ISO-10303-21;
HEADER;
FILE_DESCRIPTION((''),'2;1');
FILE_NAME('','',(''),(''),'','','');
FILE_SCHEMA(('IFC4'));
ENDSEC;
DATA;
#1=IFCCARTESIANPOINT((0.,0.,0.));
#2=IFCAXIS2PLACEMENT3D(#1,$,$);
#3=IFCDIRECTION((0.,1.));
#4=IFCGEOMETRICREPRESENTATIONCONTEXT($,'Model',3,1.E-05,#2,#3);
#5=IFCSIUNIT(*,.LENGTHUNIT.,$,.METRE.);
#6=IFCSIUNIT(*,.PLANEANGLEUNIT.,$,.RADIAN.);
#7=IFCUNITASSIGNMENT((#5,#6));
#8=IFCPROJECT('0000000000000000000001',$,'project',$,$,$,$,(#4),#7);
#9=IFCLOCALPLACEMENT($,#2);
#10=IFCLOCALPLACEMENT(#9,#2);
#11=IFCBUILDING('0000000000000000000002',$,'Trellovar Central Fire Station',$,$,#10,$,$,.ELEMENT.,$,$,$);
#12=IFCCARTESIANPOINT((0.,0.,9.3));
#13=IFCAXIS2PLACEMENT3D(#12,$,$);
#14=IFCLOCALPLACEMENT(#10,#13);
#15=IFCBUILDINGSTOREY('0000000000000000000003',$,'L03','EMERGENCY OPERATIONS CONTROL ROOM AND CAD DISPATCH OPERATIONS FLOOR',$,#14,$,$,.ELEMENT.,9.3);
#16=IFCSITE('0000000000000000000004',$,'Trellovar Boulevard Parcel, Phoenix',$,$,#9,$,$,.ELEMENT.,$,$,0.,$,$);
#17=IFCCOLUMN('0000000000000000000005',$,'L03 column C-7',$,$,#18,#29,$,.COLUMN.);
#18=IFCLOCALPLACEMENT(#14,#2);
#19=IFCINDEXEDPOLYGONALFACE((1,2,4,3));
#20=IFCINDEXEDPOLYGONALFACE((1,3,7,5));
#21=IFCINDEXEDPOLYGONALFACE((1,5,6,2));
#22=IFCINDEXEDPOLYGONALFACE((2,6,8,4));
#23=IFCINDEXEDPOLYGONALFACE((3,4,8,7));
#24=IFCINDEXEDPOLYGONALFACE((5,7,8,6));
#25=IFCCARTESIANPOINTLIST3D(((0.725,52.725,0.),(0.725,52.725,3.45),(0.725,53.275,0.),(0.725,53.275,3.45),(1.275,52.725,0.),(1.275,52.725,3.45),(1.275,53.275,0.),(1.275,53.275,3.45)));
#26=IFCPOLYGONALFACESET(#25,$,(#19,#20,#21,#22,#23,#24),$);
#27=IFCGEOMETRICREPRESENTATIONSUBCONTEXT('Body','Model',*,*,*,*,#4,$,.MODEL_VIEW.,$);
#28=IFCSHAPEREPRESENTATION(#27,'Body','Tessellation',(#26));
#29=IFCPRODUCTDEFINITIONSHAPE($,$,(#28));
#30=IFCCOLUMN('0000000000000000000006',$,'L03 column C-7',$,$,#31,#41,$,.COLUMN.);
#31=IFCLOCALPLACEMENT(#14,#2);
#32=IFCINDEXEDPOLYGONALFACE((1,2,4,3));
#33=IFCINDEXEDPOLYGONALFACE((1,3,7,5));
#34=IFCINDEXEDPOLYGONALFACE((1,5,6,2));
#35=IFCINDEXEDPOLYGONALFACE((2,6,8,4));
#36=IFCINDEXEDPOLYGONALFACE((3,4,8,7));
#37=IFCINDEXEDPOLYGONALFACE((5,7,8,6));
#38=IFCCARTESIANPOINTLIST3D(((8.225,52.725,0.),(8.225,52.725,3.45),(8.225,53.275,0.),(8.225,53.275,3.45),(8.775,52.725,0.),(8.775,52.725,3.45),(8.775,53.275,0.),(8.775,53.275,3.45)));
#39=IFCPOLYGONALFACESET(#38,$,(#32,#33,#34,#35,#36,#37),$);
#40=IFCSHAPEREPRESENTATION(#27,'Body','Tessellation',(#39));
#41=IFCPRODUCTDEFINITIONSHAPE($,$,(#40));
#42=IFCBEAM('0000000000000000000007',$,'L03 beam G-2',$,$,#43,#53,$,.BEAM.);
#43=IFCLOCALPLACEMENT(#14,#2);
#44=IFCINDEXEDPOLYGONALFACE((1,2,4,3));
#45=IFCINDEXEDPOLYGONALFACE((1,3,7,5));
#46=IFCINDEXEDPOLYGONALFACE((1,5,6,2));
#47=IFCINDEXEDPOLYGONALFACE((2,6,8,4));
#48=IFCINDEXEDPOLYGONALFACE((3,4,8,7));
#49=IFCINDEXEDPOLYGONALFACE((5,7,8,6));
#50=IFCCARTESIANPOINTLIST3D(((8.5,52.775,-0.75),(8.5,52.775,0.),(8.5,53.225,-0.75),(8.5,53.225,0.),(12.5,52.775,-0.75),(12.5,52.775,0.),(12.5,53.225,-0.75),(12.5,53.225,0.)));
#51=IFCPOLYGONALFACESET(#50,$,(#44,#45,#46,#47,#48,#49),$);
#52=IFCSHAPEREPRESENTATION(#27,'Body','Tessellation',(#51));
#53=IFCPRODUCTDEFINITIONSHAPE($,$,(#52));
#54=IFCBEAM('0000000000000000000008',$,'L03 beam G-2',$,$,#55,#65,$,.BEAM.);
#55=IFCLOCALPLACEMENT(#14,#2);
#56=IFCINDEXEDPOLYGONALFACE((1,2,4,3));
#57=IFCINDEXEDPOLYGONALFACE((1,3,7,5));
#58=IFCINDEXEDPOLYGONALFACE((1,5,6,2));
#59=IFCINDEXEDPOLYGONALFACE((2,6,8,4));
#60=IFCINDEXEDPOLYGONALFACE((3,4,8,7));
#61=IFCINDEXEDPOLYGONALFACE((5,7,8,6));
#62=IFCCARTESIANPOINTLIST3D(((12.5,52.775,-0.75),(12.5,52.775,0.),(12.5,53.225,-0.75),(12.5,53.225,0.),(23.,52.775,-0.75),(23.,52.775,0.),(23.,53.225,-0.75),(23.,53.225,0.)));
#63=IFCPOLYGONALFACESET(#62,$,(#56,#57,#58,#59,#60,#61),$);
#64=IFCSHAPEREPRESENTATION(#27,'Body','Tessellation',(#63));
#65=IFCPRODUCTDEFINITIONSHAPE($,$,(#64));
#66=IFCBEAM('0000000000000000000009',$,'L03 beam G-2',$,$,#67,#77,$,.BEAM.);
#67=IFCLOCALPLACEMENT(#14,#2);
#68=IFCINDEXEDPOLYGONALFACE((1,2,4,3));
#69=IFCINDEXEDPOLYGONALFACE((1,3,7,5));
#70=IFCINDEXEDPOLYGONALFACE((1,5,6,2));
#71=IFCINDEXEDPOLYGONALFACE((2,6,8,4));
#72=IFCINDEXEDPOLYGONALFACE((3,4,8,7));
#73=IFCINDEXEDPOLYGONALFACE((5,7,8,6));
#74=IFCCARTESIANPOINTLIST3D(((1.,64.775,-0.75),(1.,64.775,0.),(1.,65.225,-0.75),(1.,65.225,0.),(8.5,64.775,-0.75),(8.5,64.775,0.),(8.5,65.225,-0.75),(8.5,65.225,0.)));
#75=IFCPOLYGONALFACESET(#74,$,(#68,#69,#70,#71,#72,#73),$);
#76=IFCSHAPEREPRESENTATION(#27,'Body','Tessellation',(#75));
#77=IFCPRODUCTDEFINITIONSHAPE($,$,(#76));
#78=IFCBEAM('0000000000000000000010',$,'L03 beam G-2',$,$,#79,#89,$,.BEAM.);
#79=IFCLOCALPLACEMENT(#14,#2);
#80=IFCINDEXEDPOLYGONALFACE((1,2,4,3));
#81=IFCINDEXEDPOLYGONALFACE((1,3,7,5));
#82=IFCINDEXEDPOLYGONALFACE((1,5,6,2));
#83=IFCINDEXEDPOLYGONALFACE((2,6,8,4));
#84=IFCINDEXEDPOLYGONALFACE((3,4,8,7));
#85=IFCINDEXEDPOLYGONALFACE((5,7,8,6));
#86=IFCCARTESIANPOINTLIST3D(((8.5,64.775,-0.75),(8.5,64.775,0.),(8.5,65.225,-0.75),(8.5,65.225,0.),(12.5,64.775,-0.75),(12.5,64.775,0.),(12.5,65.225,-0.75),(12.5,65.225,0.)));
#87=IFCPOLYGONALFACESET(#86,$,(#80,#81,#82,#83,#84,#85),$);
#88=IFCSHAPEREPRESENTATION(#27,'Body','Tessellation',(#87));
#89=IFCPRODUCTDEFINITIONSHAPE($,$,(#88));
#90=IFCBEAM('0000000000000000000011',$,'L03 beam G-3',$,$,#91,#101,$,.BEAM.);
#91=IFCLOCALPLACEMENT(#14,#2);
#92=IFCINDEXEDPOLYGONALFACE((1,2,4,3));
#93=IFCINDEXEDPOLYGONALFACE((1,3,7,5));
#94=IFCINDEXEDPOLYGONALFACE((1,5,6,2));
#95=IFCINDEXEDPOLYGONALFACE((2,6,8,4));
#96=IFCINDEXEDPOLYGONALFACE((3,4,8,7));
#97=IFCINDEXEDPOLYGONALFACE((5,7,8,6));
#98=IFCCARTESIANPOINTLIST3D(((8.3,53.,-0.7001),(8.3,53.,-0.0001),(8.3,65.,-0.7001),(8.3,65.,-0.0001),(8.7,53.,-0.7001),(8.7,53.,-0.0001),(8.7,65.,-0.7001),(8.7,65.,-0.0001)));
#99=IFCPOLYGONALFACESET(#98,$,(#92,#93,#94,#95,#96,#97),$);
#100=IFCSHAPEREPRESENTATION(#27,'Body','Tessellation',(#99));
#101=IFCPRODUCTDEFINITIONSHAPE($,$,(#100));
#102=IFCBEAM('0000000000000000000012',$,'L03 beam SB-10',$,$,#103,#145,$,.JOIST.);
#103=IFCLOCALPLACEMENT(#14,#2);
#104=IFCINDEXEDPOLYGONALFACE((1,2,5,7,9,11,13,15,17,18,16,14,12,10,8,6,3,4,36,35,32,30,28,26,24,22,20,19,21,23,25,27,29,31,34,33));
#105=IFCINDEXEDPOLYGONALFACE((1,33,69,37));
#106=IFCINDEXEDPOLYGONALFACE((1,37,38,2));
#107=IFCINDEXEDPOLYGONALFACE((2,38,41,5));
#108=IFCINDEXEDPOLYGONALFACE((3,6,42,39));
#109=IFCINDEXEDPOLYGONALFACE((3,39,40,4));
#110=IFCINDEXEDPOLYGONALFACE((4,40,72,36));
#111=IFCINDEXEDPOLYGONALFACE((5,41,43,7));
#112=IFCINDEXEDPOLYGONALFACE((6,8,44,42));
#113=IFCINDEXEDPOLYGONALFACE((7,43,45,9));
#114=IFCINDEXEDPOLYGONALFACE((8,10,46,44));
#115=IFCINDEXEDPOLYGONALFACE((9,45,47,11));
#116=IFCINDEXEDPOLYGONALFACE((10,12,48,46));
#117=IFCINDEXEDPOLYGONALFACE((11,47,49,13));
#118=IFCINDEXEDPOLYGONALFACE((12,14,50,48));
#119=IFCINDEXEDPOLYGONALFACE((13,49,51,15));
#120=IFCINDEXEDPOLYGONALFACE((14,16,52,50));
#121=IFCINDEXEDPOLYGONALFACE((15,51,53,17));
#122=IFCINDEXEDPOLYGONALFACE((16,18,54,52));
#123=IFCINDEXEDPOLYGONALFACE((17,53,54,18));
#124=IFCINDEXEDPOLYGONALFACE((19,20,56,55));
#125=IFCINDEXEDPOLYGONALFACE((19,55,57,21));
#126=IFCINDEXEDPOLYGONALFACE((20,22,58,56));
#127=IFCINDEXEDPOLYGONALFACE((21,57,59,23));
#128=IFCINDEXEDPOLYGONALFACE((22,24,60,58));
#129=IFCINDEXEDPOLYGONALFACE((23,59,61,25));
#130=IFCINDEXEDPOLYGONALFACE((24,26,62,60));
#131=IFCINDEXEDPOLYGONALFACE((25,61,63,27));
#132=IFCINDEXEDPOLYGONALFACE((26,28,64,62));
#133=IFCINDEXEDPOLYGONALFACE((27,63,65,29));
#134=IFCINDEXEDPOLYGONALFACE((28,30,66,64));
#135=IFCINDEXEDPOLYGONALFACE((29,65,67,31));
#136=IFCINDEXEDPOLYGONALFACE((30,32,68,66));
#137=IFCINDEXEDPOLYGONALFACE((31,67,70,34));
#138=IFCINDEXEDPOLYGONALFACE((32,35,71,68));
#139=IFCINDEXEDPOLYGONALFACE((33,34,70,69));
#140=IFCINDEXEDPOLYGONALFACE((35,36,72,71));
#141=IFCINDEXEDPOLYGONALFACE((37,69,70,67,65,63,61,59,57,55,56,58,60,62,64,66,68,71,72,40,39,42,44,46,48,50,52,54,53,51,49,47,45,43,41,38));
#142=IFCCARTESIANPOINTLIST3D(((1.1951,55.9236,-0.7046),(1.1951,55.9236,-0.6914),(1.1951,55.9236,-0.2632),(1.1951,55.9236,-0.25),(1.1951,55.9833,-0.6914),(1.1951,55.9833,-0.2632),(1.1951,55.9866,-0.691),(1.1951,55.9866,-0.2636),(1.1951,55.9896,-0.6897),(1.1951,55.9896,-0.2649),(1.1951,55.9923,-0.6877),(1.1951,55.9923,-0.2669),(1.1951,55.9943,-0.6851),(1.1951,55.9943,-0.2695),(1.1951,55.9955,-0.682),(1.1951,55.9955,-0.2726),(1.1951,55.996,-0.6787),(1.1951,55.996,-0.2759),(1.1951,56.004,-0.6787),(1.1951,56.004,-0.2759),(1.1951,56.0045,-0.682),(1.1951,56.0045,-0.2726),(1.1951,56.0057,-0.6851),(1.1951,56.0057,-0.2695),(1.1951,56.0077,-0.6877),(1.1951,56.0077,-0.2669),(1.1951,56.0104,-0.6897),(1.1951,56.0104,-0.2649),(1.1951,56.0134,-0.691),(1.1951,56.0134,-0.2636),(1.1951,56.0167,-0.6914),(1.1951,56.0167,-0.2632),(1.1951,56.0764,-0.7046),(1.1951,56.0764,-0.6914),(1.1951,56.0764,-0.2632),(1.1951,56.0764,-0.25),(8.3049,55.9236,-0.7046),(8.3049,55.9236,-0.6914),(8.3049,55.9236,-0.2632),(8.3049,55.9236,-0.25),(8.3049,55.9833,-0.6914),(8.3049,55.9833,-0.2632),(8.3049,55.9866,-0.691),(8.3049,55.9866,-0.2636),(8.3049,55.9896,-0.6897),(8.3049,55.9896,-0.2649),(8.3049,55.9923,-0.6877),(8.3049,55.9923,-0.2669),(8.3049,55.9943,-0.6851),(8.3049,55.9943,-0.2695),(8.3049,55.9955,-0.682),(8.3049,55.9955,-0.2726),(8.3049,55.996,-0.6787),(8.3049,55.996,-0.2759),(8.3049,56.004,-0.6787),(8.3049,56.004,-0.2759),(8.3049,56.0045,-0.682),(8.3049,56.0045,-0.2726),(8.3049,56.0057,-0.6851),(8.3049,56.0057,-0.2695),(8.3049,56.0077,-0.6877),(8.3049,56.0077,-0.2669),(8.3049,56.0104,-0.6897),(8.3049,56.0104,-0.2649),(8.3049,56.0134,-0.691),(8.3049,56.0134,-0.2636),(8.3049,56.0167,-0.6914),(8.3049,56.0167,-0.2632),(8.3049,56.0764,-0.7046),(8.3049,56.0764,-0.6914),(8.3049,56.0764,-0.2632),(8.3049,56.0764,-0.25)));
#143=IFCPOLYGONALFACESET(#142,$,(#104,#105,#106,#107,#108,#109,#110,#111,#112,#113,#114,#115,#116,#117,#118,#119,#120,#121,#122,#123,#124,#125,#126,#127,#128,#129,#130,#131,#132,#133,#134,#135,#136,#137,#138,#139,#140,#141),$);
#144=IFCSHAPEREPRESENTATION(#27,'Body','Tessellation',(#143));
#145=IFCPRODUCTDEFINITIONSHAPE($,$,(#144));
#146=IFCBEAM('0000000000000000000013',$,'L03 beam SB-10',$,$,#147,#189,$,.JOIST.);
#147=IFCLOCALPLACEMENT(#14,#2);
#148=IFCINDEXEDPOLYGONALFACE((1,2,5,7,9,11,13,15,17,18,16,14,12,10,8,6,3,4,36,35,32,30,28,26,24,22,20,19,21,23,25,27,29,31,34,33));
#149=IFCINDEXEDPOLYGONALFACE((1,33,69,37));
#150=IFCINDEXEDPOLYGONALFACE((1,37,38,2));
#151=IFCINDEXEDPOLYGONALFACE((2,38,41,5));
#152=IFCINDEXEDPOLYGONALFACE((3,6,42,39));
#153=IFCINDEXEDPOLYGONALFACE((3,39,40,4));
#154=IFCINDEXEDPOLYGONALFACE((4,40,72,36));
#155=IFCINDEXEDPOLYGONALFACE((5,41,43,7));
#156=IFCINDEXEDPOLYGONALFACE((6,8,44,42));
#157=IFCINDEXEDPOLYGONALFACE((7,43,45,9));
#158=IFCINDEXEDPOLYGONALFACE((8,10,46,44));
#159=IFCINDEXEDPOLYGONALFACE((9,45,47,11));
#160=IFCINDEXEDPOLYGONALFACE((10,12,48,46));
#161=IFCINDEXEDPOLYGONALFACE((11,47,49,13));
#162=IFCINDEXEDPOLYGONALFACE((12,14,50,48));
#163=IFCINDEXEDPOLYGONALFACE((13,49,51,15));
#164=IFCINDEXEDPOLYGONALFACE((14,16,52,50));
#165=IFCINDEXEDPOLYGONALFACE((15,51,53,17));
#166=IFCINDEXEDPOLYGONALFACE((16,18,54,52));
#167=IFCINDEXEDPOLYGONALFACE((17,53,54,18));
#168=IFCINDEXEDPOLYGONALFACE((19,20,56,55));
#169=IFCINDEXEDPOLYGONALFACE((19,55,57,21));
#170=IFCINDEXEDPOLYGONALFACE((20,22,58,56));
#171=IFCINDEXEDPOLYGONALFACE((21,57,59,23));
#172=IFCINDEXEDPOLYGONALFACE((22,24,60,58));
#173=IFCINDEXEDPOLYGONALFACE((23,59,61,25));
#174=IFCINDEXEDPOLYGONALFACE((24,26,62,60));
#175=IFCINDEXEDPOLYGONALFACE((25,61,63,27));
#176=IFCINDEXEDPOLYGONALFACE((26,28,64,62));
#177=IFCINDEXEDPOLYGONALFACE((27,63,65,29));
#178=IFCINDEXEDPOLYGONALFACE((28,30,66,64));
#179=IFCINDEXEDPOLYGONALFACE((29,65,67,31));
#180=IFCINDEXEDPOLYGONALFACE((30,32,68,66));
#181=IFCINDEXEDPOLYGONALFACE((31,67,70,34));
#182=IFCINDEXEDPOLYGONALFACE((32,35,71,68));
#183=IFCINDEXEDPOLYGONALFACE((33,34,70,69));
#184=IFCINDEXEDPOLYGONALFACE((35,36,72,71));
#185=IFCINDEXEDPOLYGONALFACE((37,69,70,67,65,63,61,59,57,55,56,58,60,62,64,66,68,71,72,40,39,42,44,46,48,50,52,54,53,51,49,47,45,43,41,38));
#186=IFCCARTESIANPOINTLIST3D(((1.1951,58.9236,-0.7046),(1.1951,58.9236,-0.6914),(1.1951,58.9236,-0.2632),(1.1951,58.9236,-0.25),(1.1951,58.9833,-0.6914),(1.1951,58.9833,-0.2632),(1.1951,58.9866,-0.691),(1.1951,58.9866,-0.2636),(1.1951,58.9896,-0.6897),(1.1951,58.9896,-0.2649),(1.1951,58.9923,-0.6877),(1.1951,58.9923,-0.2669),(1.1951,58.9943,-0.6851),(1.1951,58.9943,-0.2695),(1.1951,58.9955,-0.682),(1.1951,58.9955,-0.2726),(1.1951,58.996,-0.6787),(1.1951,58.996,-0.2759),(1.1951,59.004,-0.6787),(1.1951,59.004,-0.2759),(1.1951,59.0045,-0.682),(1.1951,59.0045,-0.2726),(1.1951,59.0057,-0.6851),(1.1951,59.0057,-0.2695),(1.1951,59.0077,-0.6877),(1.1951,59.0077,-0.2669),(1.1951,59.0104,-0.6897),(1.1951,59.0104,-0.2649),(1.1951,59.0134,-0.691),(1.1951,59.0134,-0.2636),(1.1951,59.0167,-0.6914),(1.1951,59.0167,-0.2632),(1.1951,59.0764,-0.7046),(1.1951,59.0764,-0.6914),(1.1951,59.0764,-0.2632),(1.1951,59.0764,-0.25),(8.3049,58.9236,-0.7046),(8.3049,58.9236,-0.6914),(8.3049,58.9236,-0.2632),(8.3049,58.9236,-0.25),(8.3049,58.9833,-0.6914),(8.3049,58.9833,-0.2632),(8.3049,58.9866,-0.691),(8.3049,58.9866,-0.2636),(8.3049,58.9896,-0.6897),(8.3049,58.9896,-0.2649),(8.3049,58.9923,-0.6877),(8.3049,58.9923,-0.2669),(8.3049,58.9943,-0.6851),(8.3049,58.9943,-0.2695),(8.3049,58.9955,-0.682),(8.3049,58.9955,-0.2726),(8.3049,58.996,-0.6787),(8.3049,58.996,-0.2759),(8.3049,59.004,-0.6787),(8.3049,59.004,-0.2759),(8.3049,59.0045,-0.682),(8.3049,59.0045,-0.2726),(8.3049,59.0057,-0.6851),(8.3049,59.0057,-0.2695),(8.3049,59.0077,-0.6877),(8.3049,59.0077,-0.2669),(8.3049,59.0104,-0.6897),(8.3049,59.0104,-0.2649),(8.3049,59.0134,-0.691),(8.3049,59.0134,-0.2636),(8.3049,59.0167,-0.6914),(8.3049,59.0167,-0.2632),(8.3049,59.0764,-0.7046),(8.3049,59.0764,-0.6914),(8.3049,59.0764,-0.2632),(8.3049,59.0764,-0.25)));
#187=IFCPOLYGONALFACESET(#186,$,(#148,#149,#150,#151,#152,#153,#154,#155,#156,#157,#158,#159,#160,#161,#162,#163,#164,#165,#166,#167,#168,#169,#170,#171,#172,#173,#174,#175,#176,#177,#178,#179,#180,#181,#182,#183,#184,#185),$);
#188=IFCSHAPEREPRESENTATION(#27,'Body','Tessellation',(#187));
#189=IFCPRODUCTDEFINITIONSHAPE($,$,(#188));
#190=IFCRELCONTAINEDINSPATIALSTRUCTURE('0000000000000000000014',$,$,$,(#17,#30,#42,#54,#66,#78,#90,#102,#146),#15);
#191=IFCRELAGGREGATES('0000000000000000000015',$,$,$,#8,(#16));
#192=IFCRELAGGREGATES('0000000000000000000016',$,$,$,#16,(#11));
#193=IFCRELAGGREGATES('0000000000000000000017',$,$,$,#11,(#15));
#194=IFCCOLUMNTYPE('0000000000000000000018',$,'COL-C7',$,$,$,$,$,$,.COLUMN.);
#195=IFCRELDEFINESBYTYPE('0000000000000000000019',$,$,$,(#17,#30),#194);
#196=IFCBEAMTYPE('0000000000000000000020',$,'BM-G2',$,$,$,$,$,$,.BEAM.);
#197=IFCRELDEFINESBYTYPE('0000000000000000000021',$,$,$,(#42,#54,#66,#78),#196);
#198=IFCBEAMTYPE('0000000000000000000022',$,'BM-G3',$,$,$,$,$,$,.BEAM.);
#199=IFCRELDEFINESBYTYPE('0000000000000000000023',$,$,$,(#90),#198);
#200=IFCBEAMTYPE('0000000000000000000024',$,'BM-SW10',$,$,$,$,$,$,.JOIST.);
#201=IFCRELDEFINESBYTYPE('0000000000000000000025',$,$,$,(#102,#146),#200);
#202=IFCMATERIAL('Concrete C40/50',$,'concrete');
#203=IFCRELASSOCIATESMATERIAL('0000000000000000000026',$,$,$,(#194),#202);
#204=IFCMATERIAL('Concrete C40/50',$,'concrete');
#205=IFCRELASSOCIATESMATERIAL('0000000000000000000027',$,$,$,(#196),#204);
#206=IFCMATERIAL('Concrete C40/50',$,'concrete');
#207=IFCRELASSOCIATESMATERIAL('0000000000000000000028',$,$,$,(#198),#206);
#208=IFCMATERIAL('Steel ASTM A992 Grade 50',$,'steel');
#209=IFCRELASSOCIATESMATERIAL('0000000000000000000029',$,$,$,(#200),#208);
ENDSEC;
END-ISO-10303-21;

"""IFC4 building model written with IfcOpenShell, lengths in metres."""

from ifc_helpers import new_model, si_unit, direction, frame, origin, origin_2d, place, context, subcontext, project, spatial, rectangle, i_section, extrude, material, material_profile, profile_set, type_object, element, save


model = new_model("IFC4")

# Units and contexts
model_context = context("Model", 3, precision=1e-05, world=origin(), true_north=direction((0.0, 1.0)))
body_context = subcontext(model_context, "Body", "Model", "MODEL_VIEW")
ifc_project = project(units=[si_unit("LENGTHUNIT", "METRE"), si_unit("PLANEANGLEUNIT", "RADIAN")], contexts=[model_context])

# Site, building, storey
site_placement = place(None, origin())
site = spatial("IfcSite", under=ifc_project, at=site_placement, Name="Trellovar Boulevard Parcel, Phoenix", CompositionType="ELEMENT", RefElevation=0.0)
building_placement = place(site_placement, origin())
building = spatial("IfcBuilding", under=site, at=building_placement, Name="Trellovar Central Fire Station", CompositionType="ELEMENT")
storey_placement = place(building_placement, frame((0.0, 0.0, 9.3)))
storey = spatial("IfcBuildingStorey", under=building, at=storey_placement, Name="L03", Description="EMERGENCY OPERATIONS CONTROL ROOM AND CAD DISPATCH OPERATIONS FLOOR", CompositionType="ELEMENT", Elevation=9.3)

# Columns
ifc_material_1 = material(Name="Concrete C40/50", Category="concrete")
ifc_material_profile_1 = material_profile(ifc_material_1, rectangle(XDim=0.55, YDim=0.55, at=origin_2d()), Name="RC550X550")
ifc_profile_set_1 = profile_set([ifc_material_profile_1], Name="Concrete C40/50")
column_type = type_object("IfcColumnType", Name="COL-C7", PredefinedType="COLUMN", material=ifc_profile_set_1)
for number, where, z_axis, x_axis, name in (
    (1, (1.0, 53.0, 0.0), (0.0, 0.0, 1.0), (1.0, 0.0, 0.0), "L03 column C-7"),
    (2, (8.5, 53.0, 0.0), (0.0, 0.0, 1.0), (1.0, 0.0, 0.0), "L03 column C-7"),
):
    element("IfcColumn", number, at=place(storey_placement, frame(where, z_axis=z_axis, x_axis=x_axis)), inside=storey, type_object=column_type, Name=name, PredefinedType="COLUMN", context=body_context, shape_type="SweptSolid", body=[
        extrude(rectangle(XDim=0.55, YDim=0.55, at=origin_2d()), origin(), (0.0, 0.0, 1.0), 3.45),
    ])

# Beams
ifc_material_2 = material(Name="Concrete C40/50", Category="concrete")
ifc_material_profile_2 = material_profile(ifc_material_2, rectangle(XDim=0.45, YDim=0.75, at=origin_2d()), Name="RC450X750")
ifc_profile_set_2 = profile_set([ifc_material_profile_2], Name="Concrete C40/50")
beam_type_1 = type_object("IfcBeamType", Name="BM-G2", PredefinedType="BEAM", material=ifc_profile_set_2)
beam_1_placement = place(storey_placement, frame((8.5, 53.0, -0.375), z_axis=(1.0, 0.0, 0.0), x_axis=(0.0, 1.0, 0.0)))
element("IfcBeam", 3, at=beam_1_placement, inside=storey, type_object=beam_type_1, Name="L03 beam G-2", PredefinedType="BEAM", context=body_context, shape_type="SweptSolid", body=[
    extrude(rectangle(XDim=0.45, YDim=0.75, at=origin_2d()), origin(), (0.0, 0.0, 1.0), 4.0),
])
beam_2_placement = place(storey_placement, frame((12.5, 53.0, -0.375), z_axis=(1.0, 0.0, 0.0), x_axis=(0.0, 1.0, 0.0)))
element("IfcBeam", 4, at=beam_2_placement, inside=storey, type_object=beam_type_1, Name="L03 beam G-2", PredefinedType="BEAM", context=body_context, shape_type="SweptSolid", body=[
    extrude(rectangle(XDim=0.45, YDim=0.75, at=origin_2d()), origin(), (0.0, 0.0, 1.0), 10.5),
])
beam_3_placement = place(storey_placement, frame((1.0, 65.0, -0.375), z_axis=(1.0, 0.0, 0.0), x_axis=(0.0, 1.0, 0.0)))
element("IfcBeam", 5, at=beam_3_placement, inside=storey, type_object=beam_type_1, Name="L03 beam G-2", PredefinedType="BEAM", context=body_context, shape_type="SweptSolid", body=[
    extrude(rectangle(XDim=0.45, YDim=0.75, at=origin_2d()), origin(), (0.0, 0.0, 1.0), 7.5),
])
beam_4_placement = place(storey_placement, frame((8.5, 65.0, -0.375), z_axis=(1.0, 0.0, 0.0), x_axis=(0.0, 1.0, 0.0)))
element("IfcBeam", 6, at=beam_4_placement, inside=storey, type_object=beam_type_1, Name="L03 beam G-2", PredefinedType="BEAM", context=body_context, shape_type="SweptSolid", body=[
    extrude(rectangle(XDim=0.45, YDim=0.75, at=origin_2d()), origin(), (0.0, 0.0, 1.0), 4.0),
])
ifc_material_3 = material(Name="Concrete C40/50", Category="concrete")
ifc_material_profile_3 = material_profile(ifc_material_3, rectangle(XDim=0.3999, YDim=0.7, at=origin_2d()), Name="RC400X700")
ifc_profile_set_3 = profile_set([ifc_material_profile_3], Name="Concrete C40/50")
beam_type_2 = type_object("IfcBeamType", Name="BM-G3", PredefinedType="BEAM", material=ifc_profile_set_3)
beam_5_placement = place(storey_placement, frame((8.5, 53.0, -0.3501), z_axis=(0.0, 1.0, 0.0), x_axis=(-1.0, 0.0, 0.0)))
element("IfcBeam", 7, at=beam_5_placement, inside=storey, type_object=beam_type_2, Name="L03 beam G-3", PredefinedType="BEAM", context=body_context, shape_type="SweptSolid", body=[
    extrude(rectangle(XDim=0.3999, YDim=0.7, at=origin_2d()), origin(), (0.0, 0.0, 1.0), 12.0),
])
ifc_material_4 = material(Name="Steel ASTM A992 Grade 50", Category="steel")
ifc_material_profile_4 = material_profile(ifc_material_4, i_section(OverallWidth=0.1528, OverallDepth=0.4546, WebThickness=0.0081, FlangeThickness=0.0132, FilletRadius=0.0127, at=origin_2d()), Name="W18X40")
ifc_profile_set_4 = profile_set([ifc_material_profile_4], Name="Steel ASTM A992 Grade 50")
beam_type_3 = type_object("IfcBeamType", Name="BM-SW10", PredefinedType="JOIST", material=ifc_profile_set_4)
for number, where, z_axis, x_axis, name in (
    (8, (1.1951, 56.0, -0.4773), (1.0, 0.0, 0.0), (0.0, 1.0, 0.0), "L03 beam SB-10"),
    (9, (1.1951, 59.0, -0.4773), (1.0, 0.0, 0.0), (0.0, 1.0, 0.0), "L03 beam SB-10"),
):
    element("IfcBeam", number, at=place(storey_placement, frame(where, z_axis=z_axis, x_axis=x_axis)), inside=storey, type_object=beam_type_3, Name=name, PredefinedType="JOIST", context=body_context, shape_type="SweptSolid", body=[
        extrude(i_section(OverallWidth=0.1528, OverallDepth=0.4546, WebThickness=0.0081, FlangeThickness=0.0132, FilletRadius=0.0127, at=origin_2d()), origin(), (0.0, 0.0, 1.0), 7.1099),
    ])

save(model, "model.ifc")
